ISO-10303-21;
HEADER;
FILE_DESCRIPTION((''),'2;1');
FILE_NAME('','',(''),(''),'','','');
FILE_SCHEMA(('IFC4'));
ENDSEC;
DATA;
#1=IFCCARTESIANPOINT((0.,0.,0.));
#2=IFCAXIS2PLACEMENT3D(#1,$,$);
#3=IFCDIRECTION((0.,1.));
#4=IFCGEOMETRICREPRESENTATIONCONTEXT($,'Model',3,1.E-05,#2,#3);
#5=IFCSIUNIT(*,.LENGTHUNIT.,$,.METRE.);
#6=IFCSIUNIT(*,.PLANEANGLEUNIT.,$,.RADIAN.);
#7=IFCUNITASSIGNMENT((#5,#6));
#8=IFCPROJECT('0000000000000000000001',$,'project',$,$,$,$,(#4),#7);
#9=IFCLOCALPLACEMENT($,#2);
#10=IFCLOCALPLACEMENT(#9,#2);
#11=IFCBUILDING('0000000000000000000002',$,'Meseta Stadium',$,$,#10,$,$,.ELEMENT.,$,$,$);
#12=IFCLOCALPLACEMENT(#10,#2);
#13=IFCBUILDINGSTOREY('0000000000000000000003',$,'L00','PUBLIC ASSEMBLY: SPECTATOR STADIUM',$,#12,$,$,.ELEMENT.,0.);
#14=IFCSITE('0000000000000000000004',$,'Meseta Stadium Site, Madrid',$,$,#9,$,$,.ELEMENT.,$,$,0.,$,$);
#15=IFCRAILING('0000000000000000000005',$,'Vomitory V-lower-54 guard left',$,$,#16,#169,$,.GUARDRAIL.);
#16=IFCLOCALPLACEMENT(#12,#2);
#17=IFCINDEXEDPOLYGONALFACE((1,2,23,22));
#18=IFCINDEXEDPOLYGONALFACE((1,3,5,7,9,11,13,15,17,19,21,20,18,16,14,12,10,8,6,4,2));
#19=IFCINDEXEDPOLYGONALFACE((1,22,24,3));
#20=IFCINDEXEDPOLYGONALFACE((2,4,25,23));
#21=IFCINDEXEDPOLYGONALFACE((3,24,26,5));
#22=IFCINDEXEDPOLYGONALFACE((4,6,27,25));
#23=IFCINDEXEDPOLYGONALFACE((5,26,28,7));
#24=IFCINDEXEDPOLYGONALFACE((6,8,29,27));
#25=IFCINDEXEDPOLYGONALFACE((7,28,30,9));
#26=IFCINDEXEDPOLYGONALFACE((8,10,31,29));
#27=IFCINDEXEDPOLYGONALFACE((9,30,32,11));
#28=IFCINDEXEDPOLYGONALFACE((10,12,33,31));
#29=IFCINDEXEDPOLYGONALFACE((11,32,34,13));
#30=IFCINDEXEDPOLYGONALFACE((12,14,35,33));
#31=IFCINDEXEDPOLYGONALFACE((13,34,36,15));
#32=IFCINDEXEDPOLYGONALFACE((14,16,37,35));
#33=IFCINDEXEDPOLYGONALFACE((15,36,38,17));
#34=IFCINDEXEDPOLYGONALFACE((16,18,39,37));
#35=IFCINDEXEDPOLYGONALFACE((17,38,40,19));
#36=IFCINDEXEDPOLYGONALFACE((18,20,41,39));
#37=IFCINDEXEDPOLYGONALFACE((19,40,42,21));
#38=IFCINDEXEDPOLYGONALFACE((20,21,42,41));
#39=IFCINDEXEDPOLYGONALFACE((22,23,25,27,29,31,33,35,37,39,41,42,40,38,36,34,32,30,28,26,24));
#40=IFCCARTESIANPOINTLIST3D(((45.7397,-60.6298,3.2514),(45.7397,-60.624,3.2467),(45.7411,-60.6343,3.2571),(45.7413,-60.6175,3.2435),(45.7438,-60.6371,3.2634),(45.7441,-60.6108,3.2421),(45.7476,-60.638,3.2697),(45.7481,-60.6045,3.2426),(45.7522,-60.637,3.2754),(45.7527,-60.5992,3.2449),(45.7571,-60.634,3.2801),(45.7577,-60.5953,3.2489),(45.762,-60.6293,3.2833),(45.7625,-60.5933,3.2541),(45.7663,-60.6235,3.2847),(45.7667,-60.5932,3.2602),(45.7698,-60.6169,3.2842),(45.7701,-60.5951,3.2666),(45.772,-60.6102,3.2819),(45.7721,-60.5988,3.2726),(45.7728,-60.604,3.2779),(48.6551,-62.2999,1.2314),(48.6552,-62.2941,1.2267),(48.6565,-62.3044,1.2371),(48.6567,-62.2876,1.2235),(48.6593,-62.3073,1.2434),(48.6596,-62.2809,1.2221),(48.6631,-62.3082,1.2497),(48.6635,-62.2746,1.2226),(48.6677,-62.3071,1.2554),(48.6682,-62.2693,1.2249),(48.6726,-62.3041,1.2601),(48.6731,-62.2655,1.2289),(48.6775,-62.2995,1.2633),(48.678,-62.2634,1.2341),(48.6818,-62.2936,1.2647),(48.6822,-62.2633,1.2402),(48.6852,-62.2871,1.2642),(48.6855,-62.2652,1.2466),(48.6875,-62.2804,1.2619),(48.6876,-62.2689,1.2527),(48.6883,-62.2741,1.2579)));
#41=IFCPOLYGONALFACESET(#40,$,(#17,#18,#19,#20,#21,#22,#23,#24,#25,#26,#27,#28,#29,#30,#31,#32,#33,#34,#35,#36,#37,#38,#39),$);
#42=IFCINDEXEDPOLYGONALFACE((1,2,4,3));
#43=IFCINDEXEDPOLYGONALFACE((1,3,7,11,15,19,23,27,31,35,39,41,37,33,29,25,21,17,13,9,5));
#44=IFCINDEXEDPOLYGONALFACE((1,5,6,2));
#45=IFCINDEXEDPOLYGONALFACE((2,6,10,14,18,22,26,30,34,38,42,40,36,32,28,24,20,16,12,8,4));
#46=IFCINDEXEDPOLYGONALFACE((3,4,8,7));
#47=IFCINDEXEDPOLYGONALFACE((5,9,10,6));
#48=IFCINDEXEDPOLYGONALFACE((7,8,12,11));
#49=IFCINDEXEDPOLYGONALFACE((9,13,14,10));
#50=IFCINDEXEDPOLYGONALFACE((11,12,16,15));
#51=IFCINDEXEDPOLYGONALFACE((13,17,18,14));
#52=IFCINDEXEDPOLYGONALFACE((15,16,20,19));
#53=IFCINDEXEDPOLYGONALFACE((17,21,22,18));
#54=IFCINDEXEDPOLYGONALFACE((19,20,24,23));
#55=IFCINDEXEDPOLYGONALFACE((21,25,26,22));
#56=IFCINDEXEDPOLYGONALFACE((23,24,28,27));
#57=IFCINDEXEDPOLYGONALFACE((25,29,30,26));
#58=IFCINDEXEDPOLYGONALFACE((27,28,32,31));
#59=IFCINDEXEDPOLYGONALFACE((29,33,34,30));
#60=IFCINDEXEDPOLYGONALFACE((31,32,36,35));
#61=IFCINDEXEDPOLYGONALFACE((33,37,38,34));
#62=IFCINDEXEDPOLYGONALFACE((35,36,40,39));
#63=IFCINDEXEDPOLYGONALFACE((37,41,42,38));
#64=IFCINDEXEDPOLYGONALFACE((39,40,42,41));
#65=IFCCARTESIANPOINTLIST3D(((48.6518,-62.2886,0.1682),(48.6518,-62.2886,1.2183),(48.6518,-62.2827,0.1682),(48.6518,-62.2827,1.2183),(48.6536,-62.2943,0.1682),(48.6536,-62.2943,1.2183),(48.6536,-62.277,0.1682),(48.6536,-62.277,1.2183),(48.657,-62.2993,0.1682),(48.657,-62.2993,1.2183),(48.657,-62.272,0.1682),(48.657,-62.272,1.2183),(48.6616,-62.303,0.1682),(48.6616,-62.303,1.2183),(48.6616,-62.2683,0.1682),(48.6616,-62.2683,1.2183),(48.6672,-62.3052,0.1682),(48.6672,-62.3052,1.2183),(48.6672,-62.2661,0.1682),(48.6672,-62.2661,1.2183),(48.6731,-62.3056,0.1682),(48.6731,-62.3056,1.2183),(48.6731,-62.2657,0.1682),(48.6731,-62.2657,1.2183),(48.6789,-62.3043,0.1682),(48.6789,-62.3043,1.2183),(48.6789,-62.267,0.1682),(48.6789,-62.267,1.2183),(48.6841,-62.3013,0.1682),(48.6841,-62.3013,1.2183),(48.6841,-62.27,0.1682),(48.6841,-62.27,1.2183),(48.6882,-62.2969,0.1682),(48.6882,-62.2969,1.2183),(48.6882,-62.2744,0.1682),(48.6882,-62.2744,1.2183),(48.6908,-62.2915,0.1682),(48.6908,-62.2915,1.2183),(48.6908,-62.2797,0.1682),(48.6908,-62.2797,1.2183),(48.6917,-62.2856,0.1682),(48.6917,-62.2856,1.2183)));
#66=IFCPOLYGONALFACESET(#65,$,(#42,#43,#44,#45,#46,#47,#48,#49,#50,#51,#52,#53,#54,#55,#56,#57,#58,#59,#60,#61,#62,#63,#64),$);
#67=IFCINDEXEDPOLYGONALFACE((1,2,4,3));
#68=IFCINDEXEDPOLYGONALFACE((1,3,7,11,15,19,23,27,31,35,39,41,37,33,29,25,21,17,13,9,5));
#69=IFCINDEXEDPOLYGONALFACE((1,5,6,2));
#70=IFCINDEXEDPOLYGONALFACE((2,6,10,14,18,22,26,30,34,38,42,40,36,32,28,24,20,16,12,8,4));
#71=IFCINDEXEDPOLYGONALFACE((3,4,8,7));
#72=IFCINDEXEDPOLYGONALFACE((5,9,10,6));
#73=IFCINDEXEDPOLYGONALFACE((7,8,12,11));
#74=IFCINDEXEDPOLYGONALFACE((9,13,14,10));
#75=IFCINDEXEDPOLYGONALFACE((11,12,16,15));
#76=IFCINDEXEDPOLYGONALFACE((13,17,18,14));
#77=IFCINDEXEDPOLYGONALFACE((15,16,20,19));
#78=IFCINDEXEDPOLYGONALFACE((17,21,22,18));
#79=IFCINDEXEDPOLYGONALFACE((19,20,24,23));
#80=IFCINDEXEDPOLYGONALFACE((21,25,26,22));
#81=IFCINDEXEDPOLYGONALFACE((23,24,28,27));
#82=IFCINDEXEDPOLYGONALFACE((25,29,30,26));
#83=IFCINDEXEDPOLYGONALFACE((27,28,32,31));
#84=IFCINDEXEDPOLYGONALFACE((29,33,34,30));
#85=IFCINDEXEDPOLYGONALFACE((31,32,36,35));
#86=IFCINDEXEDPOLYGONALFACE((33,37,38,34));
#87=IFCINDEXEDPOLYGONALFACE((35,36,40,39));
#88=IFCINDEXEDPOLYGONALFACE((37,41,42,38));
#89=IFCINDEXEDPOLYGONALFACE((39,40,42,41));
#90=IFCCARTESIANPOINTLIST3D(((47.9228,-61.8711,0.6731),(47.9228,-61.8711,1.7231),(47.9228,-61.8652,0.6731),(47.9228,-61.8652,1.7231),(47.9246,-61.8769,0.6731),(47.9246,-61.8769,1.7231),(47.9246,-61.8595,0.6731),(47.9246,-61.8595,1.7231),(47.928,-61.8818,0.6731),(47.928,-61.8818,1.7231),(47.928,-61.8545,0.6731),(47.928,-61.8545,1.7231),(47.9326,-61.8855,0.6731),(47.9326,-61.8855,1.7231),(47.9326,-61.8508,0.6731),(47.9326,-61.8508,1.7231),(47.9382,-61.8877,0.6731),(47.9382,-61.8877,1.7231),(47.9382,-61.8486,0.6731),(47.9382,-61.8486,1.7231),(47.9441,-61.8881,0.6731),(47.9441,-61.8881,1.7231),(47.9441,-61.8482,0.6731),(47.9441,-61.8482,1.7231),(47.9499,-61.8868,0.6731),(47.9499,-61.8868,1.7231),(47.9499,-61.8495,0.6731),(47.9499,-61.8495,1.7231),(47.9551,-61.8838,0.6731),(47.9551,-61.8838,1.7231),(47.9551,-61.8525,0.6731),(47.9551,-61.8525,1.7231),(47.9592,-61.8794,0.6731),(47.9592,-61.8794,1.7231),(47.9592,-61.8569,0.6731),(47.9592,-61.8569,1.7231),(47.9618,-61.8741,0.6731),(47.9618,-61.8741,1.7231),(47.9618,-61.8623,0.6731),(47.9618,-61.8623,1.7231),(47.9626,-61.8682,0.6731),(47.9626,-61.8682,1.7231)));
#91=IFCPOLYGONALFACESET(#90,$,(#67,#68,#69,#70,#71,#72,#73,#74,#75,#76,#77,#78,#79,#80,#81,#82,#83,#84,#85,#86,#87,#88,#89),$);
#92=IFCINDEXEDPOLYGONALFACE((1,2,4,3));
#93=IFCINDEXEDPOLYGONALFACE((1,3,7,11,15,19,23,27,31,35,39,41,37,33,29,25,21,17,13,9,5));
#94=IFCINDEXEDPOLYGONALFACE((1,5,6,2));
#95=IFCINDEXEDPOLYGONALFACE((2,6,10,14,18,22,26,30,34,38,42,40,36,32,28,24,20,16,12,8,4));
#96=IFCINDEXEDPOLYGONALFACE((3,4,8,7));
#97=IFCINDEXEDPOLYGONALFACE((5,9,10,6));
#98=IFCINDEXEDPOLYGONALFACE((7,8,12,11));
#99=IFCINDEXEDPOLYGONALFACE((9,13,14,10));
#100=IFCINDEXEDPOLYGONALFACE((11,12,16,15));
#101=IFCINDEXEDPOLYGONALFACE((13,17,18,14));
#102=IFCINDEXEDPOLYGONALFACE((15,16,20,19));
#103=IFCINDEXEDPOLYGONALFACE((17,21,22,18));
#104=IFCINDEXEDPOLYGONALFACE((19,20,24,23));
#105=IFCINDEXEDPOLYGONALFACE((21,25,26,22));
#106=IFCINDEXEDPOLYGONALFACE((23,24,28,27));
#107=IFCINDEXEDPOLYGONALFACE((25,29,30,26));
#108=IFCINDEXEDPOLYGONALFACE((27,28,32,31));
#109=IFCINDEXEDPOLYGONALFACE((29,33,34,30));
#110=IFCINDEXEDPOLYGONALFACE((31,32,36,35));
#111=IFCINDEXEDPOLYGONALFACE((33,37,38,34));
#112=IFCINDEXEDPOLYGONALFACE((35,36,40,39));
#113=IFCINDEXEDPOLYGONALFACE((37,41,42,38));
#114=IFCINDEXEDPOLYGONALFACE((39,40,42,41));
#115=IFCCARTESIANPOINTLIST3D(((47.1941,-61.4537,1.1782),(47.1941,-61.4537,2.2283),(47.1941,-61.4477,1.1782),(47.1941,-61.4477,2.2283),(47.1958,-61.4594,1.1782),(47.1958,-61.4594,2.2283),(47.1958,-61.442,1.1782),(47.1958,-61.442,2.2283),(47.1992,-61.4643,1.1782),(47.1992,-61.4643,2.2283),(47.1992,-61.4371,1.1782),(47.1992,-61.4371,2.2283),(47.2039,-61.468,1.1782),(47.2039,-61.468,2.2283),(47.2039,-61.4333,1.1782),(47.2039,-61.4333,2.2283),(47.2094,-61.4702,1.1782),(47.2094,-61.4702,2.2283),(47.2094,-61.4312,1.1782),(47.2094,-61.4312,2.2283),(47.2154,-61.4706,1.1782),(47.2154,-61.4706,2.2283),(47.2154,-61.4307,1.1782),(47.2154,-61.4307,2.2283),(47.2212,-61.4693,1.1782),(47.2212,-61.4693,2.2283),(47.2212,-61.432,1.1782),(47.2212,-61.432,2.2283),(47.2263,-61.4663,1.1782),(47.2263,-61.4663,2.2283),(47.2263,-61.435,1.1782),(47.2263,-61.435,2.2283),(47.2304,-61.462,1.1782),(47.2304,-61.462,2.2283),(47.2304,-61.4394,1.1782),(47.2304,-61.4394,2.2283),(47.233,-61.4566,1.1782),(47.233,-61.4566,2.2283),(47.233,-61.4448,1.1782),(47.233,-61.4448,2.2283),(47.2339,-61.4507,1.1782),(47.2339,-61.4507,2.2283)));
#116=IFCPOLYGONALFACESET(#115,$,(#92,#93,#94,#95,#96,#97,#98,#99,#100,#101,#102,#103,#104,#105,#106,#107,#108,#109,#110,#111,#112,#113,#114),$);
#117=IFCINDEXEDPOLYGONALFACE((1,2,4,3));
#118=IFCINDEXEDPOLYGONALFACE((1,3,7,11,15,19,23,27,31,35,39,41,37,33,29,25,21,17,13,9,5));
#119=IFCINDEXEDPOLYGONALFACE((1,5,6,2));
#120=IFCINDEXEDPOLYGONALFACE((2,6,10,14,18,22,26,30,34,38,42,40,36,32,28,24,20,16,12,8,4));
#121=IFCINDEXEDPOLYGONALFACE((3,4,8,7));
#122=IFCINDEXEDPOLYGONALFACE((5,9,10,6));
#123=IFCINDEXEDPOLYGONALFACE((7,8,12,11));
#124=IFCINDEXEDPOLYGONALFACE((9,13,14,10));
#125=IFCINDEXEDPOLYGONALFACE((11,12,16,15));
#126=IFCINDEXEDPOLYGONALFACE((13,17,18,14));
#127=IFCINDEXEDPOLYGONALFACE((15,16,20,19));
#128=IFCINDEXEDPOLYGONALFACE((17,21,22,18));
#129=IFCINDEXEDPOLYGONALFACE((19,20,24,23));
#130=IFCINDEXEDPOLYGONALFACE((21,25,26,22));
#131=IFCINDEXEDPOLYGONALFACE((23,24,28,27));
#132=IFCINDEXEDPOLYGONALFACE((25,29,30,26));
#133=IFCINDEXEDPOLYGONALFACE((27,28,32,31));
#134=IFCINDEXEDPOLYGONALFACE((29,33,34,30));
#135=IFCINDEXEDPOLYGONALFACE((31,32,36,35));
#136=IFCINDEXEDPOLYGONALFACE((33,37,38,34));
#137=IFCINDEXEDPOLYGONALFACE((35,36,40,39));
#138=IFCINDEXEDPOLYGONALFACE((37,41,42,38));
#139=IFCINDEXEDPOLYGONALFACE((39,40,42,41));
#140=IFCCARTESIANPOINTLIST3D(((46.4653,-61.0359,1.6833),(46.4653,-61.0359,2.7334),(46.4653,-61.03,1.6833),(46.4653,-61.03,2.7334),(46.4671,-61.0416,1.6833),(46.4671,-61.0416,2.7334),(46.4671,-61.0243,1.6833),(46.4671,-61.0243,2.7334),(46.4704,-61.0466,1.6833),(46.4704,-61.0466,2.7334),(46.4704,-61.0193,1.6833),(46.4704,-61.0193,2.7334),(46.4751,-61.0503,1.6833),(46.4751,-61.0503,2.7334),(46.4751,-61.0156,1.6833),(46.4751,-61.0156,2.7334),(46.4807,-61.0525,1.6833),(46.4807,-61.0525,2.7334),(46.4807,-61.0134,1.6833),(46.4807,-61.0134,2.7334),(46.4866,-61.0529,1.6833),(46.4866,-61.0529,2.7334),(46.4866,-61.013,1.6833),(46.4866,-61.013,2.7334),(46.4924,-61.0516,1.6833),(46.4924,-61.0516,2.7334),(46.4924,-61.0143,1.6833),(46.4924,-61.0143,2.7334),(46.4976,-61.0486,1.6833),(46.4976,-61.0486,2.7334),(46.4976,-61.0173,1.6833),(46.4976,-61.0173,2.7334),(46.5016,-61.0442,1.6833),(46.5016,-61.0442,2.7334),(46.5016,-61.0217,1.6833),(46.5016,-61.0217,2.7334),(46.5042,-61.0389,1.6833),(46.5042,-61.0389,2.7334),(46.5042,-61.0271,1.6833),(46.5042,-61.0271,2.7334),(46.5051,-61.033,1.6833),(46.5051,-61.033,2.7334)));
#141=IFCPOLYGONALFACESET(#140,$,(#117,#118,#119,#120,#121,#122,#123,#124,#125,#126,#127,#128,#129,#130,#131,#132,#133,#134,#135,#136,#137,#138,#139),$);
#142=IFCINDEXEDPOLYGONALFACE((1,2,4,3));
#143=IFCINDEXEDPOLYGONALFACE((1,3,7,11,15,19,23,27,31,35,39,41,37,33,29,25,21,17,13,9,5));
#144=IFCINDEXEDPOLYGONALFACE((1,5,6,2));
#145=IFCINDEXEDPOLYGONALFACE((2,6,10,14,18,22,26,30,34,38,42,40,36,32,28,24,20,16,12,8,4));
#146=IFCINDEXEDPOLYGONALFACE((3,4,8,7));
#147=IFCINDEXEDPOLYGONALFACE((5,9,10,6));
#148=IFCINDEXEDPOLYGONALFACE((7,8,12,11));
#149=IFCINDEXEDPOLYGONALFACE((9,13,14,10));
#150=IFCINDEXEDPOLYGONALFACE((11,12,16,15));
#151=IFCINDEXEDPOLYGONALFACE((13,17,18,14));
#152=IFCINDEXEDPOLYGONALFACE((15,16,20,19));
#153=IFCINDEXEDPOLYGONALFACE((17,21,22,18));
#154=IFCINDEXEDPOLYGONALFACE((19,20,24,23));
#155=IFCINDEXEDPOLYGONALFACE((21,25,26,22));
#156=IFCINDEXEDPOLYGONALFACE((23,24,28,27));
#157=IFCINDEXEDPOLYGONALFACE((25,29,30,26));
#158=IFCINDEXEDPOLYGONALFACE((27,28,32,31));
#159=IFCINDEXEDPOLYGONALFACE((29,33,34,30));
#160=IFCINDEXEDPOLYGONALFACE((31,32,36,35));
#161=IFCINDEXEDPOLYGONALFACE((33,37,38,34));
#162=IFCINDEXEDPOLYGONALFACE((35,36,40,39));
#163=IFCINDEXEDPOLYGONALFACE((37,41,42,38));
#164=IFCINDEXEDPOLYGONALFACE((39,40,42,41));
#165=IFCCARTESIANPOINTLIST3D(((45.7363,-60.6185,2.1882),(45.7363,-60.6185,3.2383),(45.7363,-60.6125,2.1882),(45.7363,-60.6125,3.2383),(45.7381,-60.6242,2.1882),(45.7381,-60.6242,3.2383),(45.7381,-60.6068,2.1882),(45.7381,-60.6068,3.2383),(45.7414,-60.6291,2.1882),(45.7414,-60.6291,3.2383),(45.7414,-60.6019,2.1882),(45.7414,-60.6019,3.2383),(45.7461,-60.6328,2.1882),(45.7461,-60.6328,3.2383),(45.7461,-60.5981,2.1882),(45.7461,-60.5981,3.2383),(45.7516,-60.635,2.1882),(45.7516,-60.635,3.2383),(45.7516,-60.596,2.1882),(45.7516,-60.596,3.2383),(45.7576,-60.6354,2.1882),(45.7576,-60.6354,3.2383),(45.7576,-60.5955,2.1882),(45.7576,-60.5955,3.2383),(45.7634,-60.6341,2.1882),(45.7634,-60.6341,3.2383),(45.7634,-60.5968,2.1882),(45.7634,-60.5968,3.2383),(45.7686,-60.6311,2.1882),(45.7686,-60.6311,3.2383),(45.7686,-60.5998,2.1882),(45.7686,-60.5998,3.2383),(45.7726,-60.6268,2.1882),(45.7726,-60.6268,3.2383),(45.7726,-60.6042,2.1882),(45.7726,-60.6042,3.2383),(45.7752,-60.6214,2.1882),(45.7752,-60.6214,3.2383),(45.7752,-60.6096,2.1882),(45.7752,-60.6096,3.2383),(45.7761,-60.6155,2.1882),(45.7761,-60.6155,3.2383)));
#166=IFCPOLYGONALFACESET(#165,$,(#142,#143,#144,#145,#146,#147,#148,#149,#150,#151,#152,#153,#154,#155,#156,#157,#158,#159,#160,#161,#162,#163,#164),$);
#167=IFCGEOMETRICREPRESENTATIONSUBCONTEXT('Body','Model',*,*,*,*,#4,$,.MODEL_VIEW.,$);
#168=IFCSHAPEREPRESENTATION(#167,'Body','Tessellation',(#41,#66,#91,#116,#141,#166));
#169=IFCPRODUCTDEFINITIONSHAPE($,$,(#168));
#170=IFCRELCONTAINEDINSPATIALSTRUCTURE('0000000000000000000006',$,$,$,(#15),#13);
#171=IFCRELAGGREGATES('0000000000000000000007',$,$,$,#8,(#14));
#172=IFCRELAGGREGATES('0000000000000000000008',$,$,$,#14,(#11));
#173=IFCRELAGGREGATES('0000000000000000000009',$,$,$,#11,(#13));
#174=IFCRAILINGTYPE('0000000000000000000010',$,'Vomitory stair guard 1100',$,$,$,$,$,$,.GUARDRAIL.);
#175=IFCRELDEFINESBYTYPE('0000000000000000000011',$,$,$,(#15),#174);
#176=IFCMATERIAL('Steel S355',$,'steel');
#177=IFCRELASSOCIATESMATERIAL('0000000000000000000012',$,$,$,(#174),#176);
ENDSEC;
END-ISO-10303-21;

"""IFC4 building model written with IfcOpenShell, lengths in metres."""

from ifc_helpers import new_model, si_unit, direction, frame, origin, origin_2d, place, context, subcontext, project, spatial, circle, extrude, material, type_object, element, save


model = new_model("IFC4")

# Units and contexts
model_context = context("Model", 3, precision=1e-05, world=origin(), true_north=direction((0.0, 1.0)))
body_context = subcontext(model_context, "Body", "Model", "MODEL_VIEW")
ifc_project = project(units=[si_unit("LENGTHUNIT", "METRE"), si_unit("PLANEANGLEUNIT", "RADIAN")], contexts=[model_context])

# Site, building, storey
site_placement = place(None, origin())
site = spatial("IfcSite", under=ifc_project, at=site_placement, Name="Meseta Stadium Site, Madrid", CompositionType="ELEMENT", RefElevation=0.0)
building_placement = place(site_placement, origin())
building = spatial("IfcBuilding", under=site, at=building_placement, Name="Meseta Stadium", CompositionType="ELEMENT")
storey_placement = place(building_placement, origin())
storey = spatial("IfcBuildingStorey", under=building, at=storey_placement, Name="L00", Description="PUBLIC ASSEMBLY: SPECTATOR STADIUM", CompositionType="ELEMENT", Elevation=0.0)

# Railing
ifc_material_1 = material(Name="Steel S355", Category="steel")
railing_type_1 = type_object("IfcRailingType", Name="Vomitory stair guard 1100", PredefinedType="GUARDRAIL", material=ifc_material_1)
railing_1_placement = place(storey_placement, frame((48.6716, -62.2856, 0.1682)))
element("IfcRailing", 1, at=railing_1_placement, inside=storey, type_object=railing_type_1, Name="Vomitory V-lower-54 guard left", PredefinedType="GUARDRAIL", context=body_context, shape_type="SweptSolid", body=[
    extrude(circle(Radius=0.0249, at=origin_2d()), frame((0.0, 0.0, 1.0752), z_axis=(-0.743664, 0.42601, 0.515247), x_axis=(-0.49707, -0.867711, 0.0)), (0.0, 0.0, 1.0), 3.9204),
    extrude(circle(Radius=0.02, at=origin_2d()), origin(), (0.0, 0.0, 1.0), 1.05),
    extrude(circle(Radius=0.02, at=origin_2d()), frame((-0.729, 0.4175, 0.5049)), (0.0, 0.0, 1.0), 1.05),
    extrude(circle(Radius=0.02, at=origin_2d()), frame((-1.4578, 0.835, 1.01)), (0.0, 0.0, 1.0), 1.05),
    extrude(circle(Radius=0.02, at=origin_2d()), frame((-2.1865, 1.2527, 1.5151)), (0.0, 0.0, 1.0), 1.05),
    extrude(circle(Radius=0.02, at=origin_2d()), frame((-2.9155, 1.6702, 2.02)), (0.0, 0.0, 1.0), 1.05),
])

save(model, "model.ifc")
